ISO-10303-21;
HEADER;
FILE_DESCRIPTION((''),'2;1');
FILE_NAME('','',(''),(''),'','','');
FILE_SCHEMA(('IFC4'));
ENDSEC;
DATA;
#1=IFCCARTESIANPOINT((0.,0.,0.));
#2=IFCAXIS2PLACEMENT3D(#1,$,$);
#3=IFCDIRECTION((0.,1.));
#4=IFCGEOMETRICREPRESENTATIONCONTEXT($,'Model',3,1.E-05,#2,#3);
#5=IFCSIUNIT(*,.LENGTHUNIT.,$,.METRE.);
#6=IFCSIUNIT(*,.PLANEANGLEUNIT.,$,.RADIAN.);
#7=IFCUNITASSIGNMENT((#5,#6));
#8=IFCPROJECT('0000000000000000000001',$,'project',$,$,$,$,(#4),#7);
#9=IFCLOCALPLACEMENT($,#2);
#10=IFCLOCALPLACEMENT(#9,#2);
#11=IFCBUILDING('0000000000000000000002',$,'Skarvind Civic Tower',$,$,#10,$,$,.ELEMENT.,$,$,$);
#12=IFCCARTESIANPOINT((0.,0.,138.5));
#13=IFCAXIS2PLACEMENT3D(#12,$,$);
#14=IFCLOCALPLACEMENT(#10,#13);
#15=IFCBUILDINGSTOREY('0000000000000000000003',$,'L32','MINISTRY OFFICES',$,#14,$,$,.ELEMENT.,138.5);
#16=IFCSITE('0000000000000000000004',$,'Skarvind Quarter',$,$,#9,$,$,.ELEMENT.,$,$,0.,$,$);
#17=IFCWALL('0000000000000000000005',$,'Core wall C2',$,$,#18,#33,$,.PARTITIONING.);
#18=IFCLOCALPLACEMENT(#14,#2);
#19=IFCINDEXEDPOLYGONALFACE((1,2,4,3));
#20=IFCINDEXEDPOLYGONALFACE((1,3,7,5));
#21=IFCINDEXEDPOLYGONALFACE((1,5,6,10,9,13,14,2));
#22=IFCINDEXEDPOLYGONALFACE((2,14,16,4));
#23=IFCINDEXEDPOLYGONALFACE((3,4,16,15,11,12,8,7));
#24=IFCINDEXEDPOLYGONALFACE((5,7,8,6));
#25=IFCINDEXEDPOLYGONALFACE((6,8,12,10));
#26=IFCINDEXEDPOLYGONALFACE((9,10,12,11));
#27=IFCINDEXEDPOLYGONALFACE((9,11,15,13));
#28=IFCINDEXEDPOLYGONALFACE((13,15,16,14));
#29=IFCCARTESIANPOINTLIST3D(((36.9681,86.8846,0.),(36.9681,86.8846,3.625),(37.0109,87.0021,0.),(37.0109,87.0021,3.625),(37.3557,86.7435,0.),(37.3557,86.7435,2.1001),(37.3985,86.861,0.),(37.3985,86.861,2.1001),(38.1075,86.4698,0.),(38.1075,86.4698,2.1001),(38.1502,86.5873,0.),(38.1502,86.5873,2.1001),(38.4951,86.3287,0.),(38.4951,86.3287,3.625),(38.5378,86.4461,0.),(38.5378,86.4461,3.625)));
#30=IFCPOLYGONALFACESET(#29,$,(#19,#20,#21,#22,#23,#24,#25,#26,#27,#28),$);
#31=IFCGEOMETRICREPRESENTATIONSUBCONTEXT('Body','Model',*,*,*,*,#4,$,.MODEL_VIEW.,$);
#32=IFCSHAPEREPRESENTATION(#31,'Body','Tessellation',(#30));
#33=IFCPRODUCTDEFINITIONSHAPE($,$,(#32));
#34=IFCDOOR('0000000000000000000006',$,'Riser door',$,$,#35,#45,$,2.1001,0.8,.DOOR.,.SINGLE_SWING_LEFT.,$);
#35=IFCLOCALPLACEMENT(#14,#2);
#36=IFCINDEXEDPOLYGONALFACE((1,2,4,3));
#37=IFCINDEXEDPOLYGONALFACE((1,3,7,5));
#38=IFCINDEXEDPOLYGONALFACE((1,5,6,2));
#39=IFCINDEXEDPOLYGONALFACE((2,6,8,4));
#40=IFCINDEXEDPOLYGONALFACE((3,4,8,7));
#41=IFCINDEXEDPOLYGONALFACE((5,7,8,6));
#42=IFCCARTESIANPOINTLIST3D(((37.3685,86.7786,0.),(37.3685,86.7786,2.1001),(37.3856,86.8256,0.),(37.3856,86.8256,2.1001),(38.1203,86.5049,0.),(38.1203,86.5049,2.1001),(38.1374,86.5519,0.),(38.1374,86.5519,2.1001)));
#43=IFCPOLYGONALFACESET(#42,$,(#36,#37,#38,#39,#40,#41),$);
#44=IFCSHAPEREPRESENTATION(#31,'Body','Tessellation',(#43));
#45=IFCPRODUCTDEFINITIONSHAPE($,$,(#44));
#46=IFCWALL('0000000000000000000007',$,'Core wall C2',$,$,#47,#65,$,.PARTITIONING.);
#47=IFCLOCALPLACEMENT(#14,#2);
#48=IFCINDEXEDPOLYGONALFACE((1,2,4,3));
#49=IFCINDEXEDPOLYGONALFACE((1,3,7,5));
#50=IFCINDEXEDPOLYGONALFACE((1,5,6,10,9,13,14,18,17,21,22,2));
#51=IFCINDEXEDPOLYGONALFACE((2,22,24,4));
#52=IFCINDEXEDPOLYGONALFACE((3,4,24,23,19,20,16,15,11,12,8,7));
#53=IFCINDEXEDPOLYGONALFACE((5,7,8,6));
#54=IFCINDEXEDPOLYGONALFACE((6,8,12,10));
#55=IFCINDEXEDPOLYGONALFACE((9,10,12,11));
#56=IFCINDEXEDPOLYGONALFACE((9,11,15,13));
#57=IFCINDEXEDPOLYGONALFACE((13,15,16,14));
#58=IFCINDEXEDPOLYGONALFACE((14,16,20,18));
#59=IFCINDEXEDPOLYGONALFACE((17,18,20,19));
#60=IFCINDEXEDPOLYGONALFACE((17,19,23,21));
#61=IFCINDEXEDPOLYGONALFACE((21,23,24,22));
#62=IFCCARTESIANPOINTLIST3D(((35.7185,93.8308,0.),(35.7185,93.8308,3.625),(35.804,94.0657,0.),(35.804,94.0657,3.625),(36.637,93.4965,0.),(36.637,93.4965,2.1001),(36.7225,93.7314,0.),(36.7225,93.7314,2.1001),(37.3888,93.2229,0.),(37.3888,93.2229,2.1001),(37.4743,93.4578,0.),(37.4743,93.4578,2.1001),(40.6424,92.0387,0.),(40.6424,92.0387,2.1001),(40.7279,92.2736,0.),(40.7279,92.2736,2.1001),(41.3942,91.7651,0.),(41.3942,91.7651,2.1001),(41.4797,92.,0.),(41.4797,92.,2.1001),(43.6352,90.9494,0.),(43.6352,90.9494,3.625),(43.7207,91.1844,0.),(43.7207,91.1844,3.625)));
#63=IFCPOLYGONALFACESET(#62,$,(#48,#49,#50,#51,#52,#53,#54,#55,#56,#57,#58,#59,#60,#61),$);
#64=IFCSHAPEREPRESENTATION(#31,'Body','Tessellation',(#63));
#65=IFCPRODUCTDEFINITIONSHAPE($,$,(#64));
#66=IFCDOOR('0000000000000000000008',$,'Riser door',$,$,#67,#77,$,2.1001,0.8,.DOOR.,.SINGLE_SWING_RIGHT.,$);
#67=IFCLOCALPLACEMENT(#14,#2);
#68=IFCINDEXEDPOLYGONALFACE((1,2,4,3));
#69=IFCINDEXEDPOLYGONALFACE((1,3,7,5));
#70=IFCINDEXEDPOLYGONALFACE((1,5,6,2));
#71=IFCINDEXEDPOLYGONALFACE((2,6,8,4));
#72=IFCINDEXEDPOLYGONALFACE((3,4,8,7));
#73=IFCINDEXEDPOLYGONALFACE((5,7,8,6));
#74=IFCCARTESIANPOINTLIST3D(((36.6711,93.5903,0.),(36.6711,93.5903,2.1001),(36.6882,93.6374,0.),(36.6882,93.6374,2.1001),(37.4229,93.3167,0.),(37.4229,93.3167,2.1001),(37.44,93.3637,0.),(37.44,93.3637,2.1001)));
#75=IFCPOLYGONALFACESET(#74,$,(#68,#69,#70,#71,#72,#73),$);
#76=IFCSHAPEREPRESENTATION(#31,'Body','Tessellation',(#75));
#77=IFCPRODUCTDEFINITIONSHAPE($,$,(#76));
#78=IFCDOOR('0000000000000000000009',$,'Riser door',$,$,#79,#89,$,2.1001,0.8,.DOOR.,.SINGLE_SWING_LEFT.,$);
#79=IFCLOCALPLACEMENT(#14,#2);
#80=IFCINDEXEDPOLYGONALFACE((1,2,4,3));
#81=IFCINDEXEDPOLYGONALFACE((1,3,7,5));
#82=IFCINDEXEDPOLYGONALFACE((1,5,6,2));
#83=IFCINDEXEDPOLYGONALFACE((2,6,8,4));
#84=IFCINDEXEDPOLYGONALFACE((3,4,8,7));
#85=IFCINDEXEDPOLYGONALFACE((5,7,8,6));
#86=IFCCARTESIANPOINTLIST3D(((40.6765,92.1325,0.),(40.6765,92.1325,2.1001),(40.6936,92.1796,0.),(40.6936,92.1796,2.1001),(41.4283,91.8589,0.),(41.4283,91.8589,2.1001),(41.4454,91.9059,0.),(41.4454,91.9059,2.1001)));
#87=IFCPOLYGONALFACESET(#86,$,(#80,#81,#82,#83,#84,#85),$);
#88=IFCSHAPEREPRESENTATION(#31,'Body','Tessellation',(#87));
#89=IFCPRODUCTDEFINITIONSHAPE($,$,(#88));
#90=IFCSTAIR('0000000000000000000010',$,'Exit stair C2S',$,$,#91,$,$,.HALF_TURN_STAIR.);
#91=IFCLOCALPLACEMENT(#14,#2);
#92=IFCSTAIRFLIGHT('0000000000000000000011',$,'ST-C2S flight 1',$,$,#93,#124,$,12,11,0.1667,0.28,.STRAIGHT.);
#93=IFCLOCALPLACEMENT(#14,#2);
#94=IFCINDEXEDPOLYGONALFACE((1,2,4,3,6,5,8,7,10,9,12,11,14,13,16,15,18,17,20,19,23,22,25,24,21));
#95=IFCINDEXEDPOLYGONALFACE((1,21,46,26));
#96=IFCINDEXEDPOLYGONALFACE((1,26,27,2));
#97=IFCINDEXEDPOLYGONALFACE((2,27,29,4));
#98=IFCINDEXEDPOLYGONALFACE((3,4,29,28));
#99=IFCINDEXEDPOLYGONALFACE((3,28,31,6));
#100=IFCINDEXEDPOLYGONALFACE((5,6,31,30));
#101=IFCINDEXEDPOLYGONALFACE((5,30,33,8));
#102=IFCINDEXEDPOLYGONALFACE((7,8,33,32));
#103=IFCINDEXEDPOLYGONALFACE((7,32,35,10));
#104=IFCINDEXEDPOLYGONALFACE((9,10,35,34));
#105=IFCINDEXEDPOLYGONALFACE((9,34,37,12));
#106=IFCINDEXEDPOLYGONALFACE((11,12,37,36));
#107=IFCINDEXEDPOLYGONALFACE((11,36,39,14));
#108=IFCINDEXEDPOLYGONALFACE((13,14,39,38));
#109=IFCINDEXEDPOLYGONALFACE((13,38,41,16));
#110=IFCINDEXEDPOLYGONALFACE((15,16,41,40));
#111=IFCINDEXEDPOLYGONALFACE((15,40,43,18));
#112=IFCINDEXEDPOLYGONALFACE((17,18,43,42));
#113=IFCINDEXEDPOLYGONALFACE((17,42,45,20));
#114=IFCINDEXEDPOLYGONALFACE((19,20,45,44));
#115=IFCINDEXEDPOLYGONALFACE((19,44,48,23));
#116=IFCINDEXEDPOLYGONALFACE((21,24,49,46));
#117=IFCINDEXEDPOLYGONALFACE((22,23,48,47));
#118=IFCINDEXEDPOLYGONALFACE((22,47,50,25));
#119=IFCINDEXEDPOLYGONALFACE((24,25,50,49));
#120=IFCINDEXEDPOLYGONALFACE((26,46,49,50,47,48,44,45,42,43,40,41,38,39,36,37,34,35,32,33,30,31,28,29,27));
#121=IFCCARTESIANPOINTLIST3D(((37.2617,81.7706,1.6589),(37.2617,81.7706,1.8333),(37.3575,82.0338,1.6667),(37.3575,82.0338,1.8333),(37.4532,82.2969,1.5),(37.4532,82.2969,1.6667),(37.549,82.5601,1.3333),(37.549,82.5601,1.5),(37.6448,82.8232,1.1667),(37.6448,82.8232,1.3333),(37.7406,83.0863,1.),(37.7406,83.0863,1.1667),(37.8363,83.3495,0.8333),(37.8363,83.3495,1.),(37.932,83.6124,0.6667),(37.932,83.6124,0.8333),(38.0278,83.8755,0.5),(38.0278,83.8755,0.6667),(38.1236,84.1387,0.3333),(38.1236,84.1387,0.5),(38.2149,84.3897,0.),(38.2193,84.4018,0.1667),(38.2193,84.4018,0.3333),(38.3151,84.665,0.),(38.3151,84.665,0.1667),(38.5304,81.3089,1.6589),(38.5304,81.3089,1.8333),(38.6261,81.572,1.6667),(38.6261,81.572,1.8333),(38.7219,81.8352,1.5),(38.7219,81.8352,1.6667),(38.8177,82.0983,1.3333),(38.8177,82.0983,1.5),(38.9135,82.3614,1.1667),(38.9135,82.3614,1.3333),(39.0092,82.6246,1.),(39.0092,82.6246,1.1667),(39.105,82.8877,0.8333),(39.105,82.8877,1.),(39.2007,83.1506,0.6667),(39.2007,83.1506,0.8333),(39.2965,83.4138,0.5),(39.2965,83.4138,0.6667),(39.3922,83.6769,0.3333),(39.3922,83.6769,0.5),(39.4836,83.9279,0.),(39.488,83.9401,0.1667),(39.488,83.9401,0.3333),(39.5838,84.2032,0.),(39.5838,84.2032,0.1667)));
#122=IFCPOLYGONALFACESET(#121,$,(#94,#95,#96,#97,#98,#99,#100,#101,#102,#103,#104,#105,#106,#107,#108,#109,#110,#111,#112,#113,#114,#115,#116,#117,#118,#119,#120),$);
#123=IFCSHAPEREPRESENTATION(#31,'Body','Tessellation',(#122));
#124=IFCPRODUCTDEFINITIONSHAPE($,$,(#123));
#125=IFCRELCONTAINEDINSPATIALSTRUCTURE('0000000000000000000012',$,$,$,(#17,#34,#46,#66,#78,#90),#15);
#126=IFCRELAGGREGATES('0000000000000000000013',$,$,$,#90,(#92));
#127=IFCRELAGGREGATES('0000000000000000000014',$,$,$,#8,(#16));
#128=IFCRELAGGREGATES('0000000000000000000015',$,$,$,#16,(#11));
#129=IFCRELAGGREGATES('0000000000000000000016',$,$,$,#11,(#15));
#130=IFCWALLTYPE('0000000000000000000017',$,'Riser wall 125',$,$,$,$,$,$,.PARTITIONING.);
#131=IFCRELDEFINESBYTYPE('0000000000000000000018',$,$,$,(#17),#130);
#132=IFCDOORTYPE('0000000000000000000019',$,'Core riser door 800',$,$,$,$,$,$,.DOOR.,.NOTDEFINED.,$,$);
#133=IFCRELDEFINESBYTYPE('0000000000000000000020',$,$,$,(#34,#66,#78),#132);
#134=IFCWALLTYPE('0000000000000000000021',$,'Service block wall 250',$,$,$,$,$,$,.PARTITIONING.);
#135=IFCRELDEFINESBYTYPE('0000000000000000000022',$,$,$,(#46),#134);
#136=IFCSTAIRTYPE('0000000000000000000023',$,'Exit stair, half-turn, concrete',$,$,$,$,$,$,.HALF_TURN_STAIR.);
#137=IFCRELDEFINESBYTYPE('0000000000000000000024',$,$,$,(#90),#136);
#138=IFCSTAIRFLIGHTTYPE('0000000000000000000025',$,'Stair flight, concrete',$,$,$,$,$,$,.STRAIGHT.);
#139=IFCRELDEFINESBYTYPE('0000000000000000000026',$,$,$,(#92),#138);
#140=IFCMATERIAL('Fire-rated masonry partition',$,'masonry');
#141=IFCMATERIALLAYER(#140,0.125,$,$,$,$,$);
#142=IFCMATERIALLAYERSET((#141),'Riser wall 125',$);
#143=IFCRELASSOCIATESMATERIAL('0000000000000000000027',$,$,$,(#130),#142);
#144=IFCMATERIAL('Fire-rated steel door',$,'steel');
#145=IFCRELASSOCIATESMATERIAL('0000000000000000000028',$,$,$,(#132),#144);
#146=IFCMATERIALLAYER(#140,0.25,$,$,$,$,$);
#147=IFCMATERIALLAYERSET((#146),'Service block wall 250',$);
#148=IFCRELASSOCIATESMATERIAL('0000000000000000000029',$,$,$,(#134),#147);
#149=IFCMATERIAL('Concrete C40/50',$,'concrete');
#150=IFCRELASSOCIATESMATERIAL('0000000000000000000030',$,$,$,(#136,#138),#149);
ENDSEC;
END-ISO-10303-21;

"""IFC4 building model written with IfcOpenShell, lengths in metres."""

from ifc_helpers import new_model, si_unit, direction, frame, frame_2d, origin, place, context, subcontext, project, spatial, polyline, rectangle, outline, extrude, material, layer, layer_set, type_object, element, fill, aggregate, save


model = new_model("IFC4")

# Units and contexts
model_context = context("Model", 3, precision=1e-05, world=origin(), true_north=direction((0.0, 1.0)))
body_context = subcontext(model_context, "Body", "Model", "MODEL_VIEW")
ifc_project = project(units=[si_unit("LENGTHUNIT", "METRE"), si_unit("PLANEANGLEUNIT", "RADIAN")], contexts=[model_context])

# Site, building, storey
site_placement = place(None, origin())
site = spatial("IfcSite", under=ifc_project, at=site_placement, Name="Skarvind Quarter", CompositionType="ELEMENT", RefElevation=0.0)
building_placement = place(site_placement, origin())
building = spatial("IfcBuilding", under=site, at=building_placement, Name="Skarvind Civic Tower", CompositionType="ELEMENT")
storey_placement = place(building_placement, frame((0.0, 0.0, 138.5)))
storey = spatial("IfcBuildingStorey", under=building, at=storey_placement, Name="L32", Description="MINISTRY OFFICES", CompositionType="ELEMENT", Elevation=138.5)

# Shared definitions
ifc_material_1 = material(Name="Fire-rated masonry partition", Category="masonry")
ifc_material_2 = material(Name="Fire-rated steel door", Category="steel")

# Wall, opening, door
ifc_layer_1 = layer(ifc_material_1, 0.125)
ifc_layer_set_1 = layer_set([ifc_layer_1], Name="Riser wall 125")
wall_type_1 = type_object("IfcWallType", Name="Riser wall 125", PredefinedType="PARTITIONING", material=ifc_layer_set_1)
wall_1_placement = place(storey_placement, frame((36.9895, 86.9434, 0.0), z_axis=(0.0, 0.0, 1.0), x_axis=(0.939657, -0.342117, 0.0)))
wall_1 = element("IfcWall", 1, at=wall_1_placement, inside=storey, type_object=wall_type_1, Name="Core wall C2", PredefinedType="PARTITIONING", context=body_context, shape_type="SweptSolid", body=[
    extrude(rectangle(XDim=1.625, YDim=0.125, at=frame_2d((0.8125, 0.0))), origin(), (0.0, 0.0, 1.0), 3.625),
])
opening_1_placement = place(wall_1_placement, frame((0.4126, 0.0, 0.0)))
opening_1 = element("IfcOpeningElement", 2, at=opening_1_placement, cuts=wall_1, PredefinedType="OPENING", context=body_context, shape_type="SweptSolid", body=[
    extrude(rectangle(XDim=0.8, YDim=2.1001, at=frame_2d((0.3999, 1.05))), frame((0.0, 0.0725, 0.0), z_axis=(0.0, -1.0, 0.0), x_axis=(1.0, 0.0, 0.0)), (0.0, 0.0, 1.0), 0.145),
])
door_type_1 = type_object("IfcDoorType", Name="Core riser door 800", OperationType="NOTDEFINED", PredefinedType="DOOR", material=ifc_material_2)
door_1_placement = place(opening_1_placement, origin())
door_1 = element("IfcDoor", 3, at=door_1_placement, inside=storey, type_object=door_type_1, Name="Riser door", OperationType="SINGLE_SWING_LEFT", OverallHeight=2.1001, OverallWidth=0.8, PredefinedType="DOOR", context=body_context, shape_type="SweptSolid", body=[
    extrude(rectangle(XDim=0.8, YDim=2.1001, at=frame_2d((0.3999, 1.05))), frame((0.0, 0.0249, 0.0), z_axis=(0.0, -1.0, 0.0), x_axis=(1.0, 0.0, 0.0)), (0.0, 0.0, 1.0), 0.05),
])
fill(opening_1, door_1)

# Wall, openings, doors
ifc_layer_2 = layer(ifc_material_1, 0.25)
ifc_layer_set_2 = layer_set([ifc_layer_2], Name="Service block wall 250")
wall_type_2 = type_object("IfcWallType", Name="Service block wall 250", PredefinedType="PARTITIONING", material=ifc_layer_set_2)
wall_2_placement = place(storey_placement, frame((35.7612, 93.9482, 0.0), z_axis=(0.0, 0.0, 1.0), x_axis=(0.939697, -0.342008, 0.0)))
wall_2 = element("IfcWall", 4, at=wall_2_placement, inside=storey, type_object=wall_type_2, Name="Core wall C2", PredefinedType="PARTITIONING", context=body_context, shape_type="SweptSolid", body=[
    extrude(rectangle(XDim=8.4248, YDim=0.25, at=frame_2d((4.2124, 0.0))), origin(), (0.0, 0.0, 1.0), 3.625),
])
opening_2_placement = place(wall_2_placement, frame((0.9775, 0.0, 0.0)))
opening_2 = element("IfcOpeningElement", 5, at=opening_2_placement, cuts=wall_2, PredefinedType="OPENING", context=body_context, shape_type="SweptSolid", body=[
    extrude(rectangle(XDim=0.8, YDim=2.1001, at=frame_2d((0.3999, 1.05))), frame((0.0, 0.135, 0.0), z_axis=(0.0, -1.0, 0.0), x_axis=(1.0, 0.0, 0.0)), (0.0, 0.0, 1.0), 0.27),
])
opening_3_placement = place(wall_2_placement, frame((5.24, 0.0, 0.0)))
opening_3 = element("IfcOpeningElement", 6, at=opening_3_placement, cuts=wall_2, PredefinedType="OPENING", context=body_context, shape_type="SweptSolid", body=[
    extrude(rectangle(XDim=0.8, YDim=2.1001, at=frame_2d((0.3999, 1.05))), frame((0.0, 0.135, 0.0), z_axis=(0.0, -1.0, 0.0), x_axis=(1.0, 0.0, 0.0)), (0.0, 0.0, 1.0), 0.27),
])
door_2_placement = place(opening_2_placement, origin())
door_2 = element("IfcDoor", 7, at=door_2_placement, inside=storey, type_object=door_type_1, Name="Riser door", OperationType="SINGLE_SWING_RIGHT", OverallHeight=2.1001, OverallWidth=0.8, PredefinedType="DOOR", context=body_context, shape_type="SweptSolid", body=[
    extrude(rectangle(XDim=0.8, YDim=2.1001, at=frame_2d((0.3999, 1.05))), frame((0.0, 0.0249, 0.0), z_axis=(0.0, -1.0, 0.0), x_axis=(1.0, 0.0, 0.0)), (0.0, 0.0, 1.0), 0.05),
])
fill(opening_2, door_2)
door_3_placement = place(opening_3_placement, origin())
door_3 = element("IfcDoor", 8, at=door_3_placement, inside=storey, type_object=door_type_1, Name="Riser door", OperationType="SINGLE_SWING_LEFT", OverallHeight=2.1001, OverallWidth=0.8, PredefinedType="DOOR", context=body_context, shape_type="SweptSolid", body=[
    extrude(rectangle(XDim=0.8, YDim=2.1001, at=frame_2d((0.3999, 1.05))), frame((0.0, 0.0249, 0.0), z_axis=(0.0, -1.0, 0.0), x_axis=(1.0, 0.0, 0.0)), (0.0, 0.0, 1.0), 0.05),
])
fill(opening_3, door_3)

# Stair, stair flight
ifc_material_3 = material(Name="Concrete C40/50", Category="concrete")
stair_type = type_object("IfcStairType", Name="Exit stair, half-turn, concrete", PredefinedType="HALF_TURN_STAIR", material=ifc_material_3)
stair_placement = place(storey_placement, origin())
stair = element("IfcStair", 9, at=stair_placement, inside=storey, type_object=stair_type, Name="Exit stair C2S", PredefinedType="HALF_TURN_STAIR")
stair_flight_type = type_object("IfcStairFlightType", Name="Stair flight, concrete", PredefinedType="STRAIGHT", material=ifc_material_3)
stair_flight_placement = place(storey_placement, frame((38.9495, 84.4341, 0.0), z_axis=(0.0, 0.0, 1.0), x_axis=(-0.34202, -0.939693, 0.0)))
stair_flight = element("IfcStairFlight", 10, at=stair_flight_placement, type_object=stair_flight_type, Name="ST-C2S flight 1", NumberOfRisers=12, NumberOfTreads=11, PredefinedType="STRAIGHT", RiserHeight=0.1667, TreadLength=0.28, context=body_context, shape_type="SweptSolid", body=[
    extrude(outline(polyline([(0.0, 0.0), (0.0, 0.1667), (0.28, 0.1667), (0.28, 0.3333), (0.5601, 0.3333), (0.5601, 0.5), (0.8401, 0.5), (0.8401, 0.6667), (1.1201, 0.6667), (1.1201, 0.8333), (1.3999, 0.8333), (1.3999, 1.0), (1.6799, 1.0), (1.6799, 1.1667), (1.96, 1.1667), (1.96, 1.3333), (2.24, 1.3333), (2.24, 1.5), (2.52, 1.5), (2.52, 1.6667), (2.8, 1.6667), (2.8, 1.8333), (3.0801, 1.8333), (3.0801, 2.0), (3.0801, 1.6589), (0.293, 0.0), (0.0, 0.0)])), frame((0.0, 0.675, 0.0), z_axis=(0.0, -1.0, 0.0), x_axis=(1.0, 0.0, 0.0)), (0.0, 0.0, 1.0), 1.3501),
])
aggregate(stair, [stair_flight])

save(model, "model.ifc")
